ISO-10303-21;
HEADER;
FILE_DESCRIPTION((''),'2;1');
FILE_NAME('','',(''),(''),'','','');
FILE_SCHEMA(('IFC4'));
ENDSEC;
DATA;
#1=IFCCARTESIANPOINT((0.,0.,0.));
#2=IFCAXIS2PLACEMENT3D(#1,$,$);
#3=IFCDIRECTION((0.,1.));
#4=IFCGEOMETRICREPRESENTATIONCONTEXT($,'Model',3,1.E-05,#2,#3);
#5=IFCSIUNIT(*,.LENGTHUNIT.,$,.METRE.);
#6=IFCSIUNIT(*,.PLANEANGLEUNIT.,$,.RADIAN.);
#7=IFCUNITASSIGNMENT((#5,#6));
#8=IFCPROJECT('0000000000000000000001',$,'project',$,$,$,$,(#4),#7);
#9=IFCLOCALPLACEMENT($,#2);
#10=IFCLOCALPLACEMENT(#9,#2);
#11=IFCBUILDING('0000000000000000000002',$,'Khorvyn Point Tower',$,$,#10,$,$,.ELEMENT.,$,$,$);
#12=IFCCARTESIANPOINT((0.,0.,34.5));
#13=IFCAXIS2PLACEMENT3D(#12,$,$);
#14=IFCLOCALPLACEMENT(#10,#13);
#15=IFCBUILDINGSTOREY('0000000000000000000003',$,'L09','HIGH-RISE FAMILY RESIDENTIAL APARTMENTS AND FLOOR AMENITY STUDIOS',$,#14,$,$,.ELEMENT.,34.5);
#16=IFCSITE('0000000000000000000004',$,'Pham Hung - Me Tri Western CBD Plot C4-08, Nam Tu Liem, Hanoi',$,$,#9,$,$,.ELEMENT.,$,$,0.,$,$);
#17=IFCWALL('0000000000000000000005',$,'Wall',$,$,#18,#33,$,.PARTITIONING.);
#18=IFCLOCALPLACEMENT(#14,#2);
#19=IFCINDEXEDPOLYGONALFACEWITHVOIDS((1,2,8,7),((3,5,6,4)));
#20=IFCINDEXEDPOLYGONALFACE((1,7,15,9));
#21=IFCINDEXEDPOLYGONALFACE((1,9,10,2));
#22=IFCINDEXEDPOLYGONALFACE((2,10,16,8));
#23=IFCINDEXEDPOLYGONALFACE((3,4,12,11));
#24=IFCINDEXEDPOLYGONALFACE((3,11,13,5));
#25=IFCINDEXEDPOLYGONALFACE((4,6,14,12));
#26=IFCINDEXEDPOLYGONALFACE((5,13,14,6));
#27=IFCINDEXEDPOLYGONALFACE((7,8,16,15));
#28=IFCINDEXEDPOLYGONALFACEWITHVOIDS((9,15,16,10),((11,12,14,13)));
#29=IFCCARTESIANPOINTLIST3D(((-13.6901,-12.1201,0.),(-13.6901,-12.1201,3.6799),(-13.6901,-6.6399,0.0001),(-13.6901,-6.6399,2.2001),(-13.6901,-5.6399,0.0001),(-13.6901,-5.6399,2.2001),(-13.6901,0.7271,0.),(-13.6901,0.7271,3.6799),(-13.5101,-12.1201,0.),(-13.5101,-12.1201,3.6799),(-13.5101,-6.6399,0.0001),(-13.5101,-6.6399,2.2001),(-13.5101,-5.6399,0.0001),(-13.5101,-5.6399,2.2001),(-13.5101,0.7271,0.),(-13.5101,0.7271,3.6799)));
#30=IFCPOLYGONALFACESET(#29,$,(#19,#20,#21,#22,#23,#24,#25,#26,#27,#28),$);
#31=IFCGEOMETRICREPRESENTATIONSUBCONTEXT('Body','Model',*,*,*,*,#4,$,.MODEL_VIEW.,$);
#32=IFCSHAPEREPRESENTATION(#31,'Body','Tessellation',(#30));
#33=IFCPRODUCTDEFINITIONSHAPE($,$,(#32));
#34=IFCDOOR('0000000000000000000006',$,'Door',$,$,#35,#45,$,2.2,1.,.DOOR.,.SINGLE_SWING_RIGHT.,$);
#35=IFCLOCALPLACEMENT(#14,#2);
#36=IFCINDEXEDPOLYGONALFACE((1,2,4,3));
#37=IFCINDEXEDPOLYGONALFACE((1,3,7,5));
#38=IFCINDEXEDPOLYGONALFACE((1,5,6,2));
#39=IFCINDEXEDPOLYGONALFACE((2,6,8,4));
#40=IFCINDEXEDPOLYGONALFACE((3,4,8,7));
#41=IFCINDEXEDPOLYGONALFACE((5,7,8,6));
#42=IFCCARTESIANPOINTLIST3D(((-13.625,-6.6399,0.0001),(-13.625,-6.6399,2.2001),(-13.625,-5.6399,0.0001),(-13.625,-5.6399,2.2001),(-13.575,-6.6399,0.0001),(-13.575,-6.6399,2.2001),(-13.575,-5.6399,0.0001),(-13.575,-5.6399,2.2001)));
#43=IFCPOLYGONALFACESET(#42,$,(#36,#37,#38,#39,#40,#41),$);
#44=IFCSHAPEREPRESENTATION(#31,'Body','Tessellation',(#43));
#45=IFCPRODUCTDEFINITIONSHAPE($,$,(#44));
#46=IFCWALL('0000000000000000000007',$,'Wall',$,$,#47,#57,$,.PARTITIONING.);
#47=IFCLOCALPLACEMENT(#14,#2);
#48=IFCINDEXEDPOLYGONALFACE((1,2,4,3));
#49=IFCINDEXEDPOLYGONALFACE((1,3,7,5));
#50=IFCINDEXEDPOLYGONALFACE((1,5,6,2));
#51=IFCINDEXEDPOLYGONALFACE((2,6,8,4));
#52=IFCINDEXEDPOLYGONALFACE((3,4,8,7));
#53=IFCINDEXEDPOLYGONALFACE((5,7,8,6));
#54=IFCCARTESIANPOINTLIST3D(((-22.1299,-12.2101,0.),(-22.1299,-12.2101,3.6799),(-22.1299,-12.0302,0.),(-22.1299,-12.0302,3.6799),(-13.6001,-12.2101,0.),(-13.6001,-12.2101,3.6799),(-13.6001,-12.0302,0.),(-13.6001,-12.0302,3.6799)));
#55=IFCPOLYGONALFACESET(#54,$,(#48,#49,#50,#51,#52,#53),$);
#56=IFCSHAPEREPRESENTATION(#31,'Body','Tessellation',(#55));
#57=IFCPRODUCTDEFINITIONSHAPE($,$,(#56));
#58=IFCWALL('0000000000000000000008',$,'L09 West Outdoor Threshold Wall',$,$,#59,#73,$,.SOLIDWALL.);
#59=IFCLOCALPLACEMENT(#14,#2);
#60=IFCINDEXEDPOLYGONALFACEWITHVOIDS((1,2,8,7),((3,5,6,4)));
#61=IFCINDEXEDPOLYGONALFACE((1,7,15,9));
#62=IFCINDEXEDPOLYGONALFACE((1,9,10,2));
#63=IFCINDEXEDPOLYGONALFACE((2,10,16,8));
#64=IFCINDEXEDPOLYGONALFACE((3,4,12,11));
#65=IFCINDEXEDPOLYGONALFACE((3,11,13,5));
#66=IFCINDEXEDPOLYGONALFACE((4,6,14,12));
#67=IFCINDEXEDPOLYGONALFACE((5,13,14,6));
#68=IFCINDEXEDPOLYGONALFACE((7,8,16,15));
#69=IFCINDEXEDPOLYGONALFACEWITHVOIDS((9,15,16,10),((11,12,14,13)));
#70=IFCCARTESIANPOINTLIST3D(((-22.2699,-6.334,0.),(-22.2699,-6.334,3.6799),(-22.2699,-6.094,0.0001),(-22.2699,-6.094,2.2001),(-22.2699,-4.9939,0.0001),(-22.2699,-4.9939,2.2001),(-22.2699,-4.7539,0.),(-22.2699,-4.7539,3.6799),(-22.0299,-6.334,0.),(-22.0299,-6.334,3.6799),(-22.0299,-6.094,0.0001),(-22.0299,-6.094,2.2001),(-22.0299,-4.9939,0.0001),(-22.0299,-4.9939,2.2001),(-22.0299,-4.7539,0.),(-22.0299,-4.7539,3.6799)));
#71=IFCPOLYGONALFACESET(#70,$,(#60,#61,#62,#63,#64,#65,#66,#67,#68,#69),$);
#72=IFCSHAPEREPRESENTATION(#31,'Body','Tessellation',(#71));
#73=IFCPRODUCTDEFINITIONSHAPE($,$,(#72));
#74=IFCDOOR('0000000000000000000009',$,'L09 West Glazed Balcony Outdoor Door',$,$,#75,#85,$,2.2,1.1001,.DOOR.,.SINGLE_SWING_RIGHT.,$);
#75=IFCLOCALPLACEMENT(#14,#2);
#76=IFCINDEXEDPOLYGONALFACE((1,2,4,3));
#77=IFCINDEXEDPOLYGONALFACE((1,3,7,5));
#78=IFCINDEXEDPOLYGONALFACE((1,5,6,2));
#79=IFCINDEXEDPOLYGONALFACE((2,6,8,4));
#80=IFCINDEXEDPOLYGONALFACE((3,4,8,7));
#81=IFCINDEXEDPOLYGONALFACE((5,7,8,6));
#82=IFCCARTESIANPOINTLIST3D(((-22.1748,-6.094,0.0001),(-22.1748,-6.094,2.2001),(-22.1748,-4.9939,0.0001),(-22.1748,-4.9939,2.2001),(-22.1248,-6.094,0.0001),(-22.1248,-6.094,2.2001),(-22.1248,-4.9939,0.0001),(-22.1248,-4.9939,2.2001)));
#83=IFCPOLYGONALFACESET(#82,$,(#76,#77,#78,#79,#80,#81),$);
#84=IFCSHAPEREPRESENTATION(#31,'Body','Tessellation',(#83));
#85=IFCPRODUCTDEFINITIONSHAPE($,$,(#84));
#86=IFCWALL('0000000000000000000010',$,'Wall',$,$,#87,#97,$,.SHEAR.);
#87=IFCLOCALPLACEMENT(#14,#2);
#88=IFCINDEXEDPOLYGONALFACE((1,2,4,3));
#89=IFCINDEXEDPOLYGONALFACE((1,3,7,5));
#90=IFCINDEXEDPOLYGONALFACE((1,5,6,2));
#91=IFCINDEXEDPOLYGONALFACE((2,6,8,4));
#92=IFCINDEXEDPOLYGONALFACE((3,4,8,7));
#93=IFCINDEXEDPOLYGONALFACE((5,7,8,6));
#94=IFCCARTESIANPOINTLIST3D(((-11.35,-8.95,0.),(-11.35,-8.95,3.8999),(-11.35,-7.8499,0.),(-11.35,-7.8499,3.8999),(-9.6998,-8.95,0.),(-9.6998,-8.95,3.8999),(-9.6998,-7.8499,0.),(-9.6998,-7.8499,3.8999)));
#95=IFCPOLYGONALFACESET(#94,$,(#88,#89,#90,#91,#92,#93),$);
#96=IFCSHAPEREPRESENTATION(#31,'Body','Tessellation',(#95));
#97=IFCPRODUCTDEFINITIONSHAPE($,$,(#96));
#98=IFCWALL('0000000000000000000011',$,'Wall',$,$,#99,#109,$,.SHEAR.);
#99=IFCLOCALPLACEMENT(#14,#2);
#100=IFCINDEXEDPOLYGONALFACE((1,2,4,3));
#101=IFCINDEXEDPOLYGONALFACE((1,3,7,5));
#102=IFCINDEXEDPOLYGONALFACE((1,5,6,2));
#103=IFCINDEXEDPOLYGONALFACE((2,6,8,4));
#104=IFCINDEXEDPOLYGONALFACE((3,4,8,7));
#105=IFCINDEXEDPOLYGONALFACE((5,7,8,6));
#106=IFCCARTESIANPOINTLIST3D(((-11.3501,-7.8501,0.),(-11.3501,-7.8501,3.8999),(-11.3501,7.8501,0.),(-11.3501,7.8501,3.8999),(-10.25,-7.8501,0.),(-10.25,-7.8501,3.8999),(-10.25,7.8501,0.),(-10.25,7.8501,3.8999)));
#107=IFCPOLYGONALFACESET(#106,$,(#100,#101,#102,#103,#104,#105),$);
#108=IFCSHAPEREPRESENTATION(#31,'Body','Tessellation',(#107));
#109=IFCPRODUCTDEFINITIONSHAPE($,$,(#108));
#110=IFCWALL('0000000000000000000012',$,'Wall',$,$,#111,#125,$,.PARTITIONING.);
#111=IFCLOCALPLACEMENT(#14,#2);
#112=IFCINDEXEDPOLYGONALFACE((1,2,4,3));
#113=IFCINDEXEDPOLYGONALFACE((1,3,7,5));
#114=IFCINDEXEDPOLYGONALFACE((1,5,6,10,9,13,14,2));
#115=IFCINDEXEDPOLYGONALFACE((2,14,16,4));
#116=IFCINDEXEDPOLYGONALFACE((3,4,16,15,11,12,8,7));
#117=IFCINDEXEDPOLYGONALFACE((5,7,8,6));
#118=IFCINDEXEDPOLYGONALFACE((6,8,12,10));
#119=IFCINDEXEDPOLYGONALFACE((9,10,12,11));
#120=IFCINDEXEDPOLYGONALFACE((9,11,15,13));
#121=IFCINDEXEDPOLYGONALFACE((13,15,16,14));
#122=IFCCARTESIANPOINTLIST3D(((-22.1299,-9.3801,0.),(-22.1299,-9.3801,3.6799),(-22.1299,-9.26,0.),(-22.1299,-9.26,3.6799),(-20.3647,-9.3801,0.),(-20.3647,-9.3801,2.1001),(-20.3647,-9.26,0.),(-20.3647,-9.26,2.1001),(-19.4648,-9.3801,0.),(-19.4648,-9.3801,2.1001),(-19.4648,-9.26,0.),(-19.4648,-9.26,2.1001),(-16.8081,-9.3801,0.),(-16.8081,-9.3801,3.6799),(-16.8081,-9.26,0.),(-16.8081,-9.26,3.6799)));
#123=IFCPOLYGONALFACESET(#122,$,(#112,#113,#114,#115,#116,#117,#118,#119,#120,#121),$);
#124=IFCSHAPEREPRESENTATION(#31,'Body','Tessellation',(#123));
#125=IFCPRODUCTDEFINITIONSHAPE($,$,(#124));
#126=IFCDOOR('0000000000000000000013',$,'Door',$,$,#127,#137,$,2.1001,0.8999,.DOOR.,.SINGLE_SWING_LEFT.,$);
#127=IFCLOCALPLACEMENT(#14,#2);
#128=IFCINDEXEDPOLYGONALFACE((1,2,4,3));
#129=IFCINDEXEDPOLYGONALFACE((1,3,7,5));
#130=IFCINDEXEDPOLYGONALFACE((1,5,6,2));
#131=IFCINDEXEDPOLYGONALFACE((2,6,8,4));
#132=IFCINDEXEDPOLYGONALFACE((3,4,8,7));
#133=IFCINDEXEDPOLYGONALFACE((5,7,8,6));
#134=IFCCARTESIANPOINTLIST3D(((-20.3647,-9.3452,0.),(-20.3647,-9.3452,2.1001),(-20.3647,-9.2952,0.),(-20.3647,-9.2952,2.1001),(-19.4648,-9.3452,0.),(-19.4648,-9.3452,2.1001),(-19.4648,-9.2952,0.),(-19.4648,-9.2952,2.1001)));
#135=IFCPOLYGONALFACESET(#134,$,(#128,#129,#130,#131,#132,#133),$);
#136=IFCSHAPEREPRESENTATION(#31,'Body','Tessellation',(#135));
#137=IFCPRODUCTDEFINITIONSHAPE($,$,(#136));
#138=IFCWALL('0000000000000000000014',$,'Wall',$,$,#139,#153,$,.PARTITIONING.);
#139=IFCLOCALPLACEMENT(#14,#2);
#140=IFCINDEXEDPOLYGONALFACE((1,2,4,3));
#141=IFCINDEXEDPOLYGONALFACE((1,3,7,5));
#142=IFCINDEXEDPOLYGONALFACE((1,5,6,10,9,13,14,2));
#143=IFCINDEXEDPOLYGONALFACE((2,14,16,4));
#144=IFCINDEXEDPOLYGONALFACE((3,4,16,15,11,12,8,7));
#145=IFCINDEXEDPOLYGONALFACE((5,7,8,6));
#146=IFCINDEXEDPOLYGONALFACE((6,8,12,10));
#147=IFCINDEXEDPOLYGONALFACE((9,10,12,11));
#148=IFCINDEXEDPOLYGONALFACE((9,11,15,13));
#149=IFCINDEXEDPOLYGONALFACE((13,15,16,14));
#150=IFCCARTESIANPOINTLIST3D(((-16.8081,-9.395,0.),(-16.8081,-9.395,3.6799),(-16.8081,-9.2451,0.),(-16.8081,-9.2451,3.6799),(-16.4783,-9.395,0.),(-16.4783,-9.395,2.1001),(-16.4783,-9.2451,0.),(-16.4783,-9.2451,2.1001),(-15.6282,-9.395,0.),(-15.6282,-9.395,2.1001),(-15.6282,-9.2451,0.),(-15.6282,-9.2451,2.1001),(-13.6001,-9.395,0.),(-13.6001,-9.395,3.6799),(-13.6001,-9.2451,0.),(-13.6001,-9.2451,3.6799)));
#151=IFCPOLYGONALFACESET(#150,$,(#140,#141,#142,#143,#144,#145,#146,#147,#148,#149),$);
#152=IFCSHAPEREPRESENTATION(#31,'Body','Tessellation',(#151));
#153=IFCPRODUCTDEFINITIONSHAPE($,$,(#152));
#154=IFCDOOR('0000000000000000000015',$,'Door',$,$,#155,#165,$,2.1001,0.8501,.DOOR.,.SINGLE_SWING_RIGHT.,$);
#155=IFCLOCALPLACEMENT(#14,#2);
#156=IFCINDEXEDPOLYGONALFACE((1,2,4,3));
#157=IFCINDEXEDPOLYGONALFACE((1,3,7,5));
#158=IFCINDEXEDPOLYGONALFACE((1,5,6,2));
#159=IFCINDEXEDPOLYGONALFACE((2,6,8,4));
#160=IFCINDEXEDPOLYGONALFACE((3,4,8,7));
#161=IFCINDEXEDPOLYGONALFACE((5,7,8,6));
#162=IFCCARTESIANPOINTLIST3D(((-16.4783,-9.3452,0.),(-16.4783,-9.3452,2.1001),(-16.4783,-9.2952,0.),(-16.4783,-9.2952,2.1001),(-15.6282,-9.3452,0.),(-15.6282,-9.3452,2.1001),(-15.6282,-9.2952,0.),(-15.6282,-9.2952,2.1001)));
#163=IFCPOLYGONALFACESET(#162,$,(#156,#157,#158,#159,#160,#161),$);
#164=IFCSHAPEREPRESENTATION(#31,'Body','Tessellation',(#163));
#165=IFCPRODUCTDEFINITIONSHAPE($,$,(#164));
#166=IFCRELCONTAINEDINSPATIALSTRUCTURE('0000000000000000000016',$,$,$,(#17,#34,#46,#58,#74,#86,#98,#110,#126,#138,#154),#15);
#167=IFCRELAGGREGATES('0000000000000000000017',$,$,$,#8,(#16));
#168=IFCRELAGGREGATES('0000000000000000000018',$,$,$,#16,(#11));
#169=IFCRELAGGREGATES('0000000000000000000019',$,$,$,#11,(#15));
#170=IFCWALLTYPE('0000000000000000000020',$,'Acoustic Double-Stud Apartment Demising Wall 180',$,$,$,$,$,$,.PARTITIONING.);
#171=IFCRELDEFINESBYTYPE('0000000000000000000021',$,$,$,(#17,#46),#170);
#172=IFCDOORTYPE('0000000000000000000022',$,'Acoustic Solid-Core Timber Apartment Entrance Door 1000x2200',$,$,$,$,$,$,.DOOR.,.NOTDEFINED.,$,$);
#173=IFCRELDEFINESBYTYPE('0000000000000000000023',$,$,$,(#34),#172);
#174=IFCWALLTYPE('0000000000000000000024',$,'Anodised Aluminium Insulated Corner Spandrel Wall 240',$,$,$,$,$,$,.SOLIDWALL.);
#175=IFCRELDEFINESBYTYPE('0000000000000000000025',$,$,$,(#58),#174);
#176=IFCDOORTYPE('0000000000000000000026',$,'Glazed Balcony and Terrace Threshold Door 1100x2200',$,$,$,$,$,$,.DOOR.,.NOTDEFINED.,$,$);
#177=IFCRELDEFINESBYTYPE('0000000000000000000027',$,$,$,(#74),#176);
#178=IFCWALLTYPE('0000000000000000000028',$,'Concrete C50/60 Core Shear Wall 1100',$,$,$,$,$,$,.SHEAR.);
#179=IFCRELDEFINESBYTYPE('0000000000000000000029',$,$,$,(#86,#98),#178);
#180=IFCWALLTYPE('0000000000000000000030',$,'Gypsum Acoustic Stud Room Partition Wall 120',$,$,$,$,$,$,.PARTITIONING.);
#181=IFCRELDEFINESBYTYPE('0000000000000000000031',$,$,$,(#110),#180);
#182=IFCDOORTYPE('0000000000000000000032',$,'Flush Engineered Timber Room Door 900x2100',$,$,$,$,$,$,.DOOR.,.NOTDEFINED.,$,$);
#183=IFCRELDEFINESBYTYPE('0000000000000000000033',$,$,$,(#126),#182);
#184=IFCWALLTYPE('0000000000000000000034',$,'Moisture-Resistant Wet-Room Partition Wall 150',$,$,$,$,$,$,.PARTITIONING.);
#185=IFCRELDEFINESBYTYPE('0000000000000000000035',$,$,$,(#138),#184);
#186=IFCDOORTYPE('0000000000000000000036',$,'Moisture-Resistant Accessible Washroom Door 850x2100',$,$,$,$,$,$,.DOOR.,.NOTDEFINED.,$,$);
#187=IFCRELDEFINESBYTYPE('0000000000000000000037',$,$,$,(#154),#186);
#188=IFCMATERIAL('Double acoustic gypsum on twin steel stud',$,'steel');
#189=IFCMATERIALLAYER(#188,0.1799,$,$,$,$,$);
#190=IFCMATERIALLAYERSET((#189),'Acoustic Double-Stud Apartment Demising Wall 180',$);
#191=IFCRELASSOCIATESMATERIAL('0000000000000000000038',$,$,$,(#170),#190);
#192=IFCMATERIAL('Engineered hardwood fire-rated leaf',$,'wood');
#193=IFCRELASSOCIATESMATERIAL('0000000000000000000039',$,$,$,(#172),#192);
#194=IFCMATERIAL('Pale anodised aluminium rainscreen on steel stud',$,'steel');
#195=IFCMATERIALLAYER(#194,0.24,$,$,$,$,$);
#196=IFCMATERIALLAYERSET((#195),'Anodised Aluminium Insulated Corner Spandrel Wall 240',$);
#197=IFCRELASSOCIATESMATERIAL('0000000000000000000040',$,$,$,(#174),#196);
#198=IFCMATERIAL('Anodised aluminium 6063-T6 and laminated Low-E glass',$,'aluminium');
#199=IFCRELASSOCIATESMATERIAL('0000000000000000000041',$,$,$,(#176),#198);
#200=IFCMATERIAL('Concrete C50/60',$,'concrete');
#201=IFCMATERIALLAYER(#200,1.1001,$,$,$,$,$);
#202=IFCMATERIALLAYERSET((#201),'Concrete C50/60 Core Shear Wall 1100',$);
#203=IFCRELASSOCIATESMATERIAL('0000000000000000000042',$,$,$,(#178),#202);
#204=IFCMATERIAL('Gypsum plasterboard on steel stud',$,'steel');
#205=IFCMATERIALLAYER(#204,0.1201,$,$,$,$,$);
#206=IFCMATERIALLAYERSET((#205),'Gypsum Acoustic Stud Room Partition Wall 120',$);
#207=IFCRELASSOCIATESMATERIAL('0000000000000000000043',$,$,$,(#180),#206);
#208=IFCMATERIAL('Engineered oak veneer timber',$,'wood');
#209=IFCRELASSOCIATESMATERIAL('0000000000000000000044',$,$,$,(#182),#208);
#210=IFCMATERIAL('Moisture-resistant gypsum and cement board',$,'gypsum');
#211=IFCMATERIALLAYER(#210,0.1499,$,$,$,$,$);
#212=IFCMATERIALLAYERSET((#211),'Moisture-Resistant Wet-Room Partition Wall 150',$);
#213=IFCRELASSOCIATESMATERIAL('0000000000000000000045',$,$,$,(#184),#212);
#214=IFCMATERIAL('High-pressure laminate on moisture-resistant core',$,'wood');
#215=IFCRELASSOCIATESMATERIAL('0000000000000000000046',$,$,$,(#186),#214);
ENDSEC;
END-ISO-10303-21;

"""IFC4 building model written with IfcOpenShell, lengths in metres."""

from ifc_helpers import new_model, si_unit, direction, frame, frame_2d, origin, place, context, subcontext, project, spatial, rectangle, extrude, material, layer, layer_set, type_object, element, fill, save


model = new_model("IFC4")

# Units and contexts
model_context = context("Model", 3, precision=1e-05, world=origin(), true_north=direction((0.0, 1.0)))
body_context = subcontext(model_context, "Body", "Model", "MODEL_VIEW")
ifc_project = project(units=[si_unit("LENGTHUNIT", "METRE"), si_unit("PLANEANGLEUNIT", "RADIAN")], contexts=[model_context])

# Site, building, storey
site_placement = place(None, origin())
site = spatial("IfcSite", under=ifc_project, at=site_placement, Name="Pham Hung - Me Tri Western CBD Plot C4-08, Nam Tu Liem, Hanoi", CompositionType="ELEMENT", RefElevation=0.0)
building_placement = place(site_placement, origin())
building = spatial("IfcBuilding", under=site, at=building_placement, Name="Khorvyn Point Tower", CompositionType="ELEMENT")
storey_placement = place(building_placement, frame((0.0, 0.0, 34.5)))
storey = spatial("IfcBuildingStorey", under=building, at=storey_placement, Name="L09", Description="HIGH-RISE FAMILY RESIDENTIAL APARTMENTS AND FLOOR AMENITY STUDIOS", CompositionType="ELEMENT", Elevation=34.5)

# Shared definitions
ifc_material_1 = material(Name="Concrete C50/60", Category="concrete")

# Shared definitions
ifc_material_2 = material(Name="Anodised aluminium 6063-T6 and laminated Low-E glass", Category="aluminium")

# Wall, opening, door
ifc_material_3 = material(Name="Double acoustic gypsum on twin steel stud", Category="steel")
ifc_layer_1 = layer(ifc_material_3, 0.1799)
ifc_layer_set_1 = layer_set([ifc_layer_1], Name="Acoustic Double-Stud Apartment Demising Wall 180")
wall_type_1 = type_object("IfcWallType", Name="Acoustic Double-Stud Apartment Demising Wall 180", PredefinedType="PARTITIONING", material=ifc_layer_set_1)
ifc_material_4 = material(Name="Engineered hardwood fire-rated leaf", Category="wood")
door_type_1 = type_object("IfcDoorType", Name="Acoustic Solid-Core Timber Apartment Entrance Door 1000x2200", OperationType="NOTDEFINED", PredefinedType="DOOR", material=ifc_material_4)
wall_1_placement = place(storey_placement, frame((-13.6001, -12.1201, 0.0), z_axis=(0.0, 0.0, 1.0), x_axis=(0.0, 1.0, 0.0)))
wall_1 = element("IfcWall", 1, at=wall_1_placement, inside=storey, type_object=wall_type_1, Name="Wall", PredefinedType="PARTITIONING", context=body_context, shape_type="SweptSolid", body=[
    extrude(rectangle(XDim=12.8472, YDim=0.1799, at=frame_2d((6.4236, 0.0))), origin(), (0.0, 0.0, 1.0), 3.6799),
])
opening_1_placement = place(wall_1_placement, frame((5.4802, 0.0, 0.0)))
opening_1 = element("IfcOpeningElement", 2, at=opening_1_placement, cuts=wall_1, PredefinedType="OPENING", context=body_context, shape_type="SweptSolid", body=[
    extrude(rectangle(XDim=1.0, YDim=2.2, at=frame_2d((0.5, 1.1001))), frame((0.0, 0.0999, 0.0), z_axis=(0.0, -1.0, 0.0), x_axis=(1.0, 0.0, 0.0)), (0.0, 0.0, 1.0), 0.2),
])
door_1_placement = place(opening_1_placement, origin())
door_1 = element("IfcDoor", 3, at=door_1_placement, inside=storey, type_object=door_type_1, Name="Door", OperationType="SINGLE_SWING_RIGHT", OverallHeight=2.2, OverallWidth=1.0, PredefinedType="DOOR", context=body_context, shape_type="SweptSolid", body=[
    extrude(rectangle(XDim=1.0, YDim=2.2, at=frame_2d((0.5, 1.1001))), frame((0.0, 0.0249, 0.0), z_axis=(0.0, -1.0, 0.0), x_axis=(1.0, 0.0, 0.0)), (0.0, 0.0, 1.0), 0.05),
])
fill(opening_1, door_1)

# Wall
wall_2_placement = place(storey_placement, frame((-22.1299, -12.1201, 0.0), z_axis=(0.0, 0.0, 1.0), x_axis=(1.0, 0.0, 0.0)))
element("IfcWall", 4, at=wall_2_placement, inside=storey, type_object=wall_type_1, Name="Wall", PredefinedType="PARTITIONING", context=body_context, shape_type="SweptSolid", body=[
    extrude(rectangle(XDim=8.5298, YDim=0.1799, at=frame_2d((4.2649, 0.0))), origin(), (0.0, 0.0, 1.0), 3.6799),
])

# Wall, opening, door
ifc_material_5 = material(Name="Pale anodised aluminium rainscreen on steel stud", Category="steel")
ifc_layer_2 = layer(ifc_material_5, 0.24)
ifc_layer_set_2 = layer_set([ifc_layer_2], Name="Anodised Aluminium Insulated Corner Spandrel Wall 240")
wall_type_2 = type_object("IfcWallType", Name="Anodised Aluminium Insulated Corner Spandrel Wall 240", PredefinedType="SOLIDWALL", material=ifc_layer_set_2)
wall_3_placement = place(storey_placement, frame((-22.1499, -6.334, 0.0), z_axis=(0.0, 0.0, 1.0), x_axis=(0.0, 1.0, 0.0)))
wall_3 = element("IfcWall", 5, at=wall_3_placement, inside=storey, type_object=wall_type_2, Name="L09 West Outdoor Threshold Wall", PredefinedType="SOLIDWALL", context=body_context, shape_type="SweptSolid", body=[
    extrude(rectangle(XDim=1.5801, YDim=0.24, at=frame_2d((0.79, 0.0))), origin(), (0.0, 0.0, 1.0), 3.6799),
])
opening_2_placement = place(wall_3_placement, frame((0.24, 0.0, 0.0)))
opening_2 = element("IfcOpeningElement", 6, at=opening_2_placement, cuts=wall_3, PredefinedType="OPENING", context=body_context, shape_type="SweptSolid", body=[
    extrude(rectangle(XDim=1.1001, YDim=2.2, at=frame_2d((0.55, 1.1001))), frame((0.0, 0.1299, 0.0), z_axis=(0.0, -1.0, 0.0), x_axis=(1.0, 0.0, 0.0)), (0.0, 0.0, 1.0), 0.26),
])
door_type_2 = type_object("IfcDoorType", Name="Glazed Balcony and Terrace Threshold Door 1100x2200", OperationType="NOTDEFINED", PredefinedType="DOOR", material=ifc_material_2)
door_2_placement = place(opening_2_placement, origin())
door_2 = element("IfcDoor", 7, at=door_2_placement, inside=storey, type_object=door_type_2, Name="L09 West Glazed Balcony Outdoor Door", OperationType="SINGLE_SWING_RIGHT", OverallHeight=2.2, OverallWidth=1.1001, PredefinedType="DOOR", context=body_context, shape_type="SweptSolid", body=[
    extrude(rectangle(XDim=1.1001, YDim=2.2, at=frame_2d((0.55, 1.1001))), frame((0.0, 0.0249, 0.0), z_axis=(0.0, -1.0, 0.0), x_axis=(1.0, 0.0, 0.0)), (0.0, 0.0, 1.0), 0.05),
])
fill(opening_2, door_2)

# Walls
ifc_layer_3 = layer(ifc_material_1, 1.1001)
ifc_layer_set_3 = layer_set([ifc_layer_3], Name="Concrete C50/60 Core Shear Wall 1100")
wall_type_3 = type_object("IfcWallType", Name="Concrete C50/60 Core Shear Wall 1100", PredefinedType="SHEAR", material=ifc_layer_set_3)
wall_4_placement = place(storey_placement, frame((-11.3501, -8.3999, 0.0), z_axis=(0.0, 0.0, 1.0), x_axis=(1.0, 0.0, 0.0)))
element("IfcWall", 8, at=wall_4_placement, inside=storey, type_object=wall_type_3, Name="Wall", PredefinedType="SHEAR", context=body_context, shape_type="SweptSolid", body=[
    extrude(rectangle(XDim=1.6501, YDim=1.1001, at=frame_2d((0.8252, 0.0))), origin(), (0.0, 0.0, 1.0), 3.8999),
])
wall_5_placement = place(storey_placement, frame((-10.8, -7.8501, 0.0), z_axis=(0.0, 0.0, 1.0), x_axis=(0.0, 1.0, 0.0)))
element("IfcWall", 9, at=wall_5_placement, inside=storey, type_object=wall_type_3, Name="Wall", PredefinedType="SHEAR", context=body_context, shape_type="SweptSolid", body=[
    extrude(rectangle(XDim=15.7002, YDim=1.1001, at=frame_2d((7.8501, 0.0))), origin(), (0.0, 0.0, 1.0), 3.8999),
])

# Walls, openings, doors
ifc_material_6 = material(Name="Gypsum plasterboard on steel stud", Category="steel")
ifc_layer_4 = layer(ifc_material_6, 0.1201)
ifc_layer_set_4 = layer_set([ifc_layer_4], Name="Gypsum Acoustic Stud Room Partition Wall 120")
wall_type_4 = type_object("IfcWallType", Name="Gypsum Acoustic Stud Room Partition Wall 120", PredefinedType="PARTITIONING", material=ifc_layer_set_4)
wall_6_placement = place(storey_placement, frame((-22.1299, -9.3201, 0.0), z_axis=(0.0, 0.0, 1.0), x_axis=(1.0, 0.0, 0.0)))
wall_6 = element("IfcWall", 10, at=wall_6_placement, inside=storey, type_object=wall_type_4, Name="Wall", PredefinedType="PARTITIONING", context=body_context, shape_type="SweptSolid", body=[
    extrude(rectangle(XDim=5.3218, YDim=0.1201, at=frame_2d((2.6609, 0.0))), origin(), (0.0, 0.0, 1.0), 3.6799),
])
opening_3_placement = place(wall_6_placement, frame((1.7651, 0.0, 0.0)))
opening_3 = element("IfcOpeningElement", 11, at=opening_3_placement, cuts=wall_6, PredefinedType="OPENING", context=body_context, shape_type="SweptSolid", body=[
    extrude(rectangle(XDim=0.8999, YDim=2.1001, at=frame_2d((0.45, 1.05))), frame((0.0, 0.0701, 0.0), z_axis=(0.0, -1.0, 0.0), x_axis=(1.0, 0.0, 0.0)), (0.0, 0.0, 1.0), 0.1401),
])
ifc_material_7 = material(Name="Engineered oak veneer timber", Category="wood")
door_type_3 = type_object("IfcDoorType", Name="Flush Engineered Timber Room Door 900x2100", OperationType="NOTDEFINED", PredefinedType="DOOR", material=ifc_material_7)
door_3_placement = place(opening_3_placement, origin())
door_3 = element("IfcDoor", 12, at=door_3_placement, inside=storey, type_object=door_type_3, Name="Door", OperationType="SINGLE_SWING_LEFT", OverallHeight=2.1001, OverallWidth=0.8999, PredefinedType="DOOR", context=body_context, shape_type="SweptSolid", body=[
    extrude(rectangle(XDim=0.8999, YDim=2.1001, at=frame_2d((0.45, 1.05))), frame((0.0, 0.0249, 0.0), z_axis=(0.0, -1.0, 0.0), x_axis=(1.0, 0.0, 0.0)), (0.0, 0.0, 1.0), 0.05),
])
fill(opening_3, door_3)
ifc_material_8 = material(Name="Moisture-resistant gypsum and cement board", Category="gypsum")
ifc_layer_5 = layer(ifc_material_8, 0.1499)
ifc_layer_set_5 = layer_set([ifc_layer_5], Name="Moisture-Resistant Wet-Room Partition Wall 150")
wall_type_5 = type_object("IfcWallType", Name="Moisture-Resistant Wet-Room Partition Wall 150", PredefinedType="PARTITIONING", material=ifc_layer_set_5)
wall_7_placement = place(storey_placement, frame((-16.8081, -9.3201, 0.0), z_axis=(0.0, 0.0, 1.0), x_axis=(1.0, 0.0, 0.0)))
wall_7 = element("IfcWall", 13, at=wall_7_placement, inside=storey, type_object=wall_type_5, Name="Wall", PredefinedType="PARTITIONING", context=body_context, shape_type="SweptSolid", body=[
    extrude(rectangle(XDim=3.208, YDim=0.1499, at=frame_2d((1.604, 0.0))), origin(), (0.0, 0.0, 1.0), 3.6799),
])
opening_4_placement = place(wall_7_placement, frame((0.3298, 0.0, 0.0)))
opening_4 = element("IfcOpeningElement", 14, at=opening_4_placement, cuts=wall_7, PredefinedType="OPENING", context=body_context, shape_type="SweptSolid", body=[
    extrude(rectangle(XDim=0.8501, YDim=2.1001, at=frame_2d((0.425, 1.05))), frame((0.0, 0.085, 0.0), z_axis=(0.0, -1.0, 0.0), x_axis=(1.0, 0.0, 0.0)), (0.0, 0.0, 1.0), 0.1699),
])
ifc_material_9 = material(Name="High-pressure laminate on moisture-resistant core", Category="wood")
door_type_4 = type_object("IfcDoorType", Name="Moisture-Resistant Accessible Washroom Door 850x2100", OperationType="NOTDEFINED", PredefinedType="DOOR", material=ifc_material_9)
door_4_placement = place(opening_4_placement, origin())
door_4 = element("IfcDoor", 15, at=door_4_placement, inside=storey, type_object=door_type_4, Name="Door", OperationType="SINGLE_SWING_RIGHT", OverallHeight=2.1001, OverallWidth=0.8501, PredefinedType="DOOR", context=body_context, shape_type="SweptSolid", body=[
    extrude(rectangle(XDim=0.8501, YDim=2.1001, at=frame_2d((0.425, 1.05))), frame((0.0, 0.0249, 0.0), z_axis=(0.0, -1.0, 0.0), x_axis=(1.0, 0.0, 0.0)), (0.0, 0.0, 1.0), 0.05),
])
fill(opening_4, door_4)

save(model, "model.ifc")
